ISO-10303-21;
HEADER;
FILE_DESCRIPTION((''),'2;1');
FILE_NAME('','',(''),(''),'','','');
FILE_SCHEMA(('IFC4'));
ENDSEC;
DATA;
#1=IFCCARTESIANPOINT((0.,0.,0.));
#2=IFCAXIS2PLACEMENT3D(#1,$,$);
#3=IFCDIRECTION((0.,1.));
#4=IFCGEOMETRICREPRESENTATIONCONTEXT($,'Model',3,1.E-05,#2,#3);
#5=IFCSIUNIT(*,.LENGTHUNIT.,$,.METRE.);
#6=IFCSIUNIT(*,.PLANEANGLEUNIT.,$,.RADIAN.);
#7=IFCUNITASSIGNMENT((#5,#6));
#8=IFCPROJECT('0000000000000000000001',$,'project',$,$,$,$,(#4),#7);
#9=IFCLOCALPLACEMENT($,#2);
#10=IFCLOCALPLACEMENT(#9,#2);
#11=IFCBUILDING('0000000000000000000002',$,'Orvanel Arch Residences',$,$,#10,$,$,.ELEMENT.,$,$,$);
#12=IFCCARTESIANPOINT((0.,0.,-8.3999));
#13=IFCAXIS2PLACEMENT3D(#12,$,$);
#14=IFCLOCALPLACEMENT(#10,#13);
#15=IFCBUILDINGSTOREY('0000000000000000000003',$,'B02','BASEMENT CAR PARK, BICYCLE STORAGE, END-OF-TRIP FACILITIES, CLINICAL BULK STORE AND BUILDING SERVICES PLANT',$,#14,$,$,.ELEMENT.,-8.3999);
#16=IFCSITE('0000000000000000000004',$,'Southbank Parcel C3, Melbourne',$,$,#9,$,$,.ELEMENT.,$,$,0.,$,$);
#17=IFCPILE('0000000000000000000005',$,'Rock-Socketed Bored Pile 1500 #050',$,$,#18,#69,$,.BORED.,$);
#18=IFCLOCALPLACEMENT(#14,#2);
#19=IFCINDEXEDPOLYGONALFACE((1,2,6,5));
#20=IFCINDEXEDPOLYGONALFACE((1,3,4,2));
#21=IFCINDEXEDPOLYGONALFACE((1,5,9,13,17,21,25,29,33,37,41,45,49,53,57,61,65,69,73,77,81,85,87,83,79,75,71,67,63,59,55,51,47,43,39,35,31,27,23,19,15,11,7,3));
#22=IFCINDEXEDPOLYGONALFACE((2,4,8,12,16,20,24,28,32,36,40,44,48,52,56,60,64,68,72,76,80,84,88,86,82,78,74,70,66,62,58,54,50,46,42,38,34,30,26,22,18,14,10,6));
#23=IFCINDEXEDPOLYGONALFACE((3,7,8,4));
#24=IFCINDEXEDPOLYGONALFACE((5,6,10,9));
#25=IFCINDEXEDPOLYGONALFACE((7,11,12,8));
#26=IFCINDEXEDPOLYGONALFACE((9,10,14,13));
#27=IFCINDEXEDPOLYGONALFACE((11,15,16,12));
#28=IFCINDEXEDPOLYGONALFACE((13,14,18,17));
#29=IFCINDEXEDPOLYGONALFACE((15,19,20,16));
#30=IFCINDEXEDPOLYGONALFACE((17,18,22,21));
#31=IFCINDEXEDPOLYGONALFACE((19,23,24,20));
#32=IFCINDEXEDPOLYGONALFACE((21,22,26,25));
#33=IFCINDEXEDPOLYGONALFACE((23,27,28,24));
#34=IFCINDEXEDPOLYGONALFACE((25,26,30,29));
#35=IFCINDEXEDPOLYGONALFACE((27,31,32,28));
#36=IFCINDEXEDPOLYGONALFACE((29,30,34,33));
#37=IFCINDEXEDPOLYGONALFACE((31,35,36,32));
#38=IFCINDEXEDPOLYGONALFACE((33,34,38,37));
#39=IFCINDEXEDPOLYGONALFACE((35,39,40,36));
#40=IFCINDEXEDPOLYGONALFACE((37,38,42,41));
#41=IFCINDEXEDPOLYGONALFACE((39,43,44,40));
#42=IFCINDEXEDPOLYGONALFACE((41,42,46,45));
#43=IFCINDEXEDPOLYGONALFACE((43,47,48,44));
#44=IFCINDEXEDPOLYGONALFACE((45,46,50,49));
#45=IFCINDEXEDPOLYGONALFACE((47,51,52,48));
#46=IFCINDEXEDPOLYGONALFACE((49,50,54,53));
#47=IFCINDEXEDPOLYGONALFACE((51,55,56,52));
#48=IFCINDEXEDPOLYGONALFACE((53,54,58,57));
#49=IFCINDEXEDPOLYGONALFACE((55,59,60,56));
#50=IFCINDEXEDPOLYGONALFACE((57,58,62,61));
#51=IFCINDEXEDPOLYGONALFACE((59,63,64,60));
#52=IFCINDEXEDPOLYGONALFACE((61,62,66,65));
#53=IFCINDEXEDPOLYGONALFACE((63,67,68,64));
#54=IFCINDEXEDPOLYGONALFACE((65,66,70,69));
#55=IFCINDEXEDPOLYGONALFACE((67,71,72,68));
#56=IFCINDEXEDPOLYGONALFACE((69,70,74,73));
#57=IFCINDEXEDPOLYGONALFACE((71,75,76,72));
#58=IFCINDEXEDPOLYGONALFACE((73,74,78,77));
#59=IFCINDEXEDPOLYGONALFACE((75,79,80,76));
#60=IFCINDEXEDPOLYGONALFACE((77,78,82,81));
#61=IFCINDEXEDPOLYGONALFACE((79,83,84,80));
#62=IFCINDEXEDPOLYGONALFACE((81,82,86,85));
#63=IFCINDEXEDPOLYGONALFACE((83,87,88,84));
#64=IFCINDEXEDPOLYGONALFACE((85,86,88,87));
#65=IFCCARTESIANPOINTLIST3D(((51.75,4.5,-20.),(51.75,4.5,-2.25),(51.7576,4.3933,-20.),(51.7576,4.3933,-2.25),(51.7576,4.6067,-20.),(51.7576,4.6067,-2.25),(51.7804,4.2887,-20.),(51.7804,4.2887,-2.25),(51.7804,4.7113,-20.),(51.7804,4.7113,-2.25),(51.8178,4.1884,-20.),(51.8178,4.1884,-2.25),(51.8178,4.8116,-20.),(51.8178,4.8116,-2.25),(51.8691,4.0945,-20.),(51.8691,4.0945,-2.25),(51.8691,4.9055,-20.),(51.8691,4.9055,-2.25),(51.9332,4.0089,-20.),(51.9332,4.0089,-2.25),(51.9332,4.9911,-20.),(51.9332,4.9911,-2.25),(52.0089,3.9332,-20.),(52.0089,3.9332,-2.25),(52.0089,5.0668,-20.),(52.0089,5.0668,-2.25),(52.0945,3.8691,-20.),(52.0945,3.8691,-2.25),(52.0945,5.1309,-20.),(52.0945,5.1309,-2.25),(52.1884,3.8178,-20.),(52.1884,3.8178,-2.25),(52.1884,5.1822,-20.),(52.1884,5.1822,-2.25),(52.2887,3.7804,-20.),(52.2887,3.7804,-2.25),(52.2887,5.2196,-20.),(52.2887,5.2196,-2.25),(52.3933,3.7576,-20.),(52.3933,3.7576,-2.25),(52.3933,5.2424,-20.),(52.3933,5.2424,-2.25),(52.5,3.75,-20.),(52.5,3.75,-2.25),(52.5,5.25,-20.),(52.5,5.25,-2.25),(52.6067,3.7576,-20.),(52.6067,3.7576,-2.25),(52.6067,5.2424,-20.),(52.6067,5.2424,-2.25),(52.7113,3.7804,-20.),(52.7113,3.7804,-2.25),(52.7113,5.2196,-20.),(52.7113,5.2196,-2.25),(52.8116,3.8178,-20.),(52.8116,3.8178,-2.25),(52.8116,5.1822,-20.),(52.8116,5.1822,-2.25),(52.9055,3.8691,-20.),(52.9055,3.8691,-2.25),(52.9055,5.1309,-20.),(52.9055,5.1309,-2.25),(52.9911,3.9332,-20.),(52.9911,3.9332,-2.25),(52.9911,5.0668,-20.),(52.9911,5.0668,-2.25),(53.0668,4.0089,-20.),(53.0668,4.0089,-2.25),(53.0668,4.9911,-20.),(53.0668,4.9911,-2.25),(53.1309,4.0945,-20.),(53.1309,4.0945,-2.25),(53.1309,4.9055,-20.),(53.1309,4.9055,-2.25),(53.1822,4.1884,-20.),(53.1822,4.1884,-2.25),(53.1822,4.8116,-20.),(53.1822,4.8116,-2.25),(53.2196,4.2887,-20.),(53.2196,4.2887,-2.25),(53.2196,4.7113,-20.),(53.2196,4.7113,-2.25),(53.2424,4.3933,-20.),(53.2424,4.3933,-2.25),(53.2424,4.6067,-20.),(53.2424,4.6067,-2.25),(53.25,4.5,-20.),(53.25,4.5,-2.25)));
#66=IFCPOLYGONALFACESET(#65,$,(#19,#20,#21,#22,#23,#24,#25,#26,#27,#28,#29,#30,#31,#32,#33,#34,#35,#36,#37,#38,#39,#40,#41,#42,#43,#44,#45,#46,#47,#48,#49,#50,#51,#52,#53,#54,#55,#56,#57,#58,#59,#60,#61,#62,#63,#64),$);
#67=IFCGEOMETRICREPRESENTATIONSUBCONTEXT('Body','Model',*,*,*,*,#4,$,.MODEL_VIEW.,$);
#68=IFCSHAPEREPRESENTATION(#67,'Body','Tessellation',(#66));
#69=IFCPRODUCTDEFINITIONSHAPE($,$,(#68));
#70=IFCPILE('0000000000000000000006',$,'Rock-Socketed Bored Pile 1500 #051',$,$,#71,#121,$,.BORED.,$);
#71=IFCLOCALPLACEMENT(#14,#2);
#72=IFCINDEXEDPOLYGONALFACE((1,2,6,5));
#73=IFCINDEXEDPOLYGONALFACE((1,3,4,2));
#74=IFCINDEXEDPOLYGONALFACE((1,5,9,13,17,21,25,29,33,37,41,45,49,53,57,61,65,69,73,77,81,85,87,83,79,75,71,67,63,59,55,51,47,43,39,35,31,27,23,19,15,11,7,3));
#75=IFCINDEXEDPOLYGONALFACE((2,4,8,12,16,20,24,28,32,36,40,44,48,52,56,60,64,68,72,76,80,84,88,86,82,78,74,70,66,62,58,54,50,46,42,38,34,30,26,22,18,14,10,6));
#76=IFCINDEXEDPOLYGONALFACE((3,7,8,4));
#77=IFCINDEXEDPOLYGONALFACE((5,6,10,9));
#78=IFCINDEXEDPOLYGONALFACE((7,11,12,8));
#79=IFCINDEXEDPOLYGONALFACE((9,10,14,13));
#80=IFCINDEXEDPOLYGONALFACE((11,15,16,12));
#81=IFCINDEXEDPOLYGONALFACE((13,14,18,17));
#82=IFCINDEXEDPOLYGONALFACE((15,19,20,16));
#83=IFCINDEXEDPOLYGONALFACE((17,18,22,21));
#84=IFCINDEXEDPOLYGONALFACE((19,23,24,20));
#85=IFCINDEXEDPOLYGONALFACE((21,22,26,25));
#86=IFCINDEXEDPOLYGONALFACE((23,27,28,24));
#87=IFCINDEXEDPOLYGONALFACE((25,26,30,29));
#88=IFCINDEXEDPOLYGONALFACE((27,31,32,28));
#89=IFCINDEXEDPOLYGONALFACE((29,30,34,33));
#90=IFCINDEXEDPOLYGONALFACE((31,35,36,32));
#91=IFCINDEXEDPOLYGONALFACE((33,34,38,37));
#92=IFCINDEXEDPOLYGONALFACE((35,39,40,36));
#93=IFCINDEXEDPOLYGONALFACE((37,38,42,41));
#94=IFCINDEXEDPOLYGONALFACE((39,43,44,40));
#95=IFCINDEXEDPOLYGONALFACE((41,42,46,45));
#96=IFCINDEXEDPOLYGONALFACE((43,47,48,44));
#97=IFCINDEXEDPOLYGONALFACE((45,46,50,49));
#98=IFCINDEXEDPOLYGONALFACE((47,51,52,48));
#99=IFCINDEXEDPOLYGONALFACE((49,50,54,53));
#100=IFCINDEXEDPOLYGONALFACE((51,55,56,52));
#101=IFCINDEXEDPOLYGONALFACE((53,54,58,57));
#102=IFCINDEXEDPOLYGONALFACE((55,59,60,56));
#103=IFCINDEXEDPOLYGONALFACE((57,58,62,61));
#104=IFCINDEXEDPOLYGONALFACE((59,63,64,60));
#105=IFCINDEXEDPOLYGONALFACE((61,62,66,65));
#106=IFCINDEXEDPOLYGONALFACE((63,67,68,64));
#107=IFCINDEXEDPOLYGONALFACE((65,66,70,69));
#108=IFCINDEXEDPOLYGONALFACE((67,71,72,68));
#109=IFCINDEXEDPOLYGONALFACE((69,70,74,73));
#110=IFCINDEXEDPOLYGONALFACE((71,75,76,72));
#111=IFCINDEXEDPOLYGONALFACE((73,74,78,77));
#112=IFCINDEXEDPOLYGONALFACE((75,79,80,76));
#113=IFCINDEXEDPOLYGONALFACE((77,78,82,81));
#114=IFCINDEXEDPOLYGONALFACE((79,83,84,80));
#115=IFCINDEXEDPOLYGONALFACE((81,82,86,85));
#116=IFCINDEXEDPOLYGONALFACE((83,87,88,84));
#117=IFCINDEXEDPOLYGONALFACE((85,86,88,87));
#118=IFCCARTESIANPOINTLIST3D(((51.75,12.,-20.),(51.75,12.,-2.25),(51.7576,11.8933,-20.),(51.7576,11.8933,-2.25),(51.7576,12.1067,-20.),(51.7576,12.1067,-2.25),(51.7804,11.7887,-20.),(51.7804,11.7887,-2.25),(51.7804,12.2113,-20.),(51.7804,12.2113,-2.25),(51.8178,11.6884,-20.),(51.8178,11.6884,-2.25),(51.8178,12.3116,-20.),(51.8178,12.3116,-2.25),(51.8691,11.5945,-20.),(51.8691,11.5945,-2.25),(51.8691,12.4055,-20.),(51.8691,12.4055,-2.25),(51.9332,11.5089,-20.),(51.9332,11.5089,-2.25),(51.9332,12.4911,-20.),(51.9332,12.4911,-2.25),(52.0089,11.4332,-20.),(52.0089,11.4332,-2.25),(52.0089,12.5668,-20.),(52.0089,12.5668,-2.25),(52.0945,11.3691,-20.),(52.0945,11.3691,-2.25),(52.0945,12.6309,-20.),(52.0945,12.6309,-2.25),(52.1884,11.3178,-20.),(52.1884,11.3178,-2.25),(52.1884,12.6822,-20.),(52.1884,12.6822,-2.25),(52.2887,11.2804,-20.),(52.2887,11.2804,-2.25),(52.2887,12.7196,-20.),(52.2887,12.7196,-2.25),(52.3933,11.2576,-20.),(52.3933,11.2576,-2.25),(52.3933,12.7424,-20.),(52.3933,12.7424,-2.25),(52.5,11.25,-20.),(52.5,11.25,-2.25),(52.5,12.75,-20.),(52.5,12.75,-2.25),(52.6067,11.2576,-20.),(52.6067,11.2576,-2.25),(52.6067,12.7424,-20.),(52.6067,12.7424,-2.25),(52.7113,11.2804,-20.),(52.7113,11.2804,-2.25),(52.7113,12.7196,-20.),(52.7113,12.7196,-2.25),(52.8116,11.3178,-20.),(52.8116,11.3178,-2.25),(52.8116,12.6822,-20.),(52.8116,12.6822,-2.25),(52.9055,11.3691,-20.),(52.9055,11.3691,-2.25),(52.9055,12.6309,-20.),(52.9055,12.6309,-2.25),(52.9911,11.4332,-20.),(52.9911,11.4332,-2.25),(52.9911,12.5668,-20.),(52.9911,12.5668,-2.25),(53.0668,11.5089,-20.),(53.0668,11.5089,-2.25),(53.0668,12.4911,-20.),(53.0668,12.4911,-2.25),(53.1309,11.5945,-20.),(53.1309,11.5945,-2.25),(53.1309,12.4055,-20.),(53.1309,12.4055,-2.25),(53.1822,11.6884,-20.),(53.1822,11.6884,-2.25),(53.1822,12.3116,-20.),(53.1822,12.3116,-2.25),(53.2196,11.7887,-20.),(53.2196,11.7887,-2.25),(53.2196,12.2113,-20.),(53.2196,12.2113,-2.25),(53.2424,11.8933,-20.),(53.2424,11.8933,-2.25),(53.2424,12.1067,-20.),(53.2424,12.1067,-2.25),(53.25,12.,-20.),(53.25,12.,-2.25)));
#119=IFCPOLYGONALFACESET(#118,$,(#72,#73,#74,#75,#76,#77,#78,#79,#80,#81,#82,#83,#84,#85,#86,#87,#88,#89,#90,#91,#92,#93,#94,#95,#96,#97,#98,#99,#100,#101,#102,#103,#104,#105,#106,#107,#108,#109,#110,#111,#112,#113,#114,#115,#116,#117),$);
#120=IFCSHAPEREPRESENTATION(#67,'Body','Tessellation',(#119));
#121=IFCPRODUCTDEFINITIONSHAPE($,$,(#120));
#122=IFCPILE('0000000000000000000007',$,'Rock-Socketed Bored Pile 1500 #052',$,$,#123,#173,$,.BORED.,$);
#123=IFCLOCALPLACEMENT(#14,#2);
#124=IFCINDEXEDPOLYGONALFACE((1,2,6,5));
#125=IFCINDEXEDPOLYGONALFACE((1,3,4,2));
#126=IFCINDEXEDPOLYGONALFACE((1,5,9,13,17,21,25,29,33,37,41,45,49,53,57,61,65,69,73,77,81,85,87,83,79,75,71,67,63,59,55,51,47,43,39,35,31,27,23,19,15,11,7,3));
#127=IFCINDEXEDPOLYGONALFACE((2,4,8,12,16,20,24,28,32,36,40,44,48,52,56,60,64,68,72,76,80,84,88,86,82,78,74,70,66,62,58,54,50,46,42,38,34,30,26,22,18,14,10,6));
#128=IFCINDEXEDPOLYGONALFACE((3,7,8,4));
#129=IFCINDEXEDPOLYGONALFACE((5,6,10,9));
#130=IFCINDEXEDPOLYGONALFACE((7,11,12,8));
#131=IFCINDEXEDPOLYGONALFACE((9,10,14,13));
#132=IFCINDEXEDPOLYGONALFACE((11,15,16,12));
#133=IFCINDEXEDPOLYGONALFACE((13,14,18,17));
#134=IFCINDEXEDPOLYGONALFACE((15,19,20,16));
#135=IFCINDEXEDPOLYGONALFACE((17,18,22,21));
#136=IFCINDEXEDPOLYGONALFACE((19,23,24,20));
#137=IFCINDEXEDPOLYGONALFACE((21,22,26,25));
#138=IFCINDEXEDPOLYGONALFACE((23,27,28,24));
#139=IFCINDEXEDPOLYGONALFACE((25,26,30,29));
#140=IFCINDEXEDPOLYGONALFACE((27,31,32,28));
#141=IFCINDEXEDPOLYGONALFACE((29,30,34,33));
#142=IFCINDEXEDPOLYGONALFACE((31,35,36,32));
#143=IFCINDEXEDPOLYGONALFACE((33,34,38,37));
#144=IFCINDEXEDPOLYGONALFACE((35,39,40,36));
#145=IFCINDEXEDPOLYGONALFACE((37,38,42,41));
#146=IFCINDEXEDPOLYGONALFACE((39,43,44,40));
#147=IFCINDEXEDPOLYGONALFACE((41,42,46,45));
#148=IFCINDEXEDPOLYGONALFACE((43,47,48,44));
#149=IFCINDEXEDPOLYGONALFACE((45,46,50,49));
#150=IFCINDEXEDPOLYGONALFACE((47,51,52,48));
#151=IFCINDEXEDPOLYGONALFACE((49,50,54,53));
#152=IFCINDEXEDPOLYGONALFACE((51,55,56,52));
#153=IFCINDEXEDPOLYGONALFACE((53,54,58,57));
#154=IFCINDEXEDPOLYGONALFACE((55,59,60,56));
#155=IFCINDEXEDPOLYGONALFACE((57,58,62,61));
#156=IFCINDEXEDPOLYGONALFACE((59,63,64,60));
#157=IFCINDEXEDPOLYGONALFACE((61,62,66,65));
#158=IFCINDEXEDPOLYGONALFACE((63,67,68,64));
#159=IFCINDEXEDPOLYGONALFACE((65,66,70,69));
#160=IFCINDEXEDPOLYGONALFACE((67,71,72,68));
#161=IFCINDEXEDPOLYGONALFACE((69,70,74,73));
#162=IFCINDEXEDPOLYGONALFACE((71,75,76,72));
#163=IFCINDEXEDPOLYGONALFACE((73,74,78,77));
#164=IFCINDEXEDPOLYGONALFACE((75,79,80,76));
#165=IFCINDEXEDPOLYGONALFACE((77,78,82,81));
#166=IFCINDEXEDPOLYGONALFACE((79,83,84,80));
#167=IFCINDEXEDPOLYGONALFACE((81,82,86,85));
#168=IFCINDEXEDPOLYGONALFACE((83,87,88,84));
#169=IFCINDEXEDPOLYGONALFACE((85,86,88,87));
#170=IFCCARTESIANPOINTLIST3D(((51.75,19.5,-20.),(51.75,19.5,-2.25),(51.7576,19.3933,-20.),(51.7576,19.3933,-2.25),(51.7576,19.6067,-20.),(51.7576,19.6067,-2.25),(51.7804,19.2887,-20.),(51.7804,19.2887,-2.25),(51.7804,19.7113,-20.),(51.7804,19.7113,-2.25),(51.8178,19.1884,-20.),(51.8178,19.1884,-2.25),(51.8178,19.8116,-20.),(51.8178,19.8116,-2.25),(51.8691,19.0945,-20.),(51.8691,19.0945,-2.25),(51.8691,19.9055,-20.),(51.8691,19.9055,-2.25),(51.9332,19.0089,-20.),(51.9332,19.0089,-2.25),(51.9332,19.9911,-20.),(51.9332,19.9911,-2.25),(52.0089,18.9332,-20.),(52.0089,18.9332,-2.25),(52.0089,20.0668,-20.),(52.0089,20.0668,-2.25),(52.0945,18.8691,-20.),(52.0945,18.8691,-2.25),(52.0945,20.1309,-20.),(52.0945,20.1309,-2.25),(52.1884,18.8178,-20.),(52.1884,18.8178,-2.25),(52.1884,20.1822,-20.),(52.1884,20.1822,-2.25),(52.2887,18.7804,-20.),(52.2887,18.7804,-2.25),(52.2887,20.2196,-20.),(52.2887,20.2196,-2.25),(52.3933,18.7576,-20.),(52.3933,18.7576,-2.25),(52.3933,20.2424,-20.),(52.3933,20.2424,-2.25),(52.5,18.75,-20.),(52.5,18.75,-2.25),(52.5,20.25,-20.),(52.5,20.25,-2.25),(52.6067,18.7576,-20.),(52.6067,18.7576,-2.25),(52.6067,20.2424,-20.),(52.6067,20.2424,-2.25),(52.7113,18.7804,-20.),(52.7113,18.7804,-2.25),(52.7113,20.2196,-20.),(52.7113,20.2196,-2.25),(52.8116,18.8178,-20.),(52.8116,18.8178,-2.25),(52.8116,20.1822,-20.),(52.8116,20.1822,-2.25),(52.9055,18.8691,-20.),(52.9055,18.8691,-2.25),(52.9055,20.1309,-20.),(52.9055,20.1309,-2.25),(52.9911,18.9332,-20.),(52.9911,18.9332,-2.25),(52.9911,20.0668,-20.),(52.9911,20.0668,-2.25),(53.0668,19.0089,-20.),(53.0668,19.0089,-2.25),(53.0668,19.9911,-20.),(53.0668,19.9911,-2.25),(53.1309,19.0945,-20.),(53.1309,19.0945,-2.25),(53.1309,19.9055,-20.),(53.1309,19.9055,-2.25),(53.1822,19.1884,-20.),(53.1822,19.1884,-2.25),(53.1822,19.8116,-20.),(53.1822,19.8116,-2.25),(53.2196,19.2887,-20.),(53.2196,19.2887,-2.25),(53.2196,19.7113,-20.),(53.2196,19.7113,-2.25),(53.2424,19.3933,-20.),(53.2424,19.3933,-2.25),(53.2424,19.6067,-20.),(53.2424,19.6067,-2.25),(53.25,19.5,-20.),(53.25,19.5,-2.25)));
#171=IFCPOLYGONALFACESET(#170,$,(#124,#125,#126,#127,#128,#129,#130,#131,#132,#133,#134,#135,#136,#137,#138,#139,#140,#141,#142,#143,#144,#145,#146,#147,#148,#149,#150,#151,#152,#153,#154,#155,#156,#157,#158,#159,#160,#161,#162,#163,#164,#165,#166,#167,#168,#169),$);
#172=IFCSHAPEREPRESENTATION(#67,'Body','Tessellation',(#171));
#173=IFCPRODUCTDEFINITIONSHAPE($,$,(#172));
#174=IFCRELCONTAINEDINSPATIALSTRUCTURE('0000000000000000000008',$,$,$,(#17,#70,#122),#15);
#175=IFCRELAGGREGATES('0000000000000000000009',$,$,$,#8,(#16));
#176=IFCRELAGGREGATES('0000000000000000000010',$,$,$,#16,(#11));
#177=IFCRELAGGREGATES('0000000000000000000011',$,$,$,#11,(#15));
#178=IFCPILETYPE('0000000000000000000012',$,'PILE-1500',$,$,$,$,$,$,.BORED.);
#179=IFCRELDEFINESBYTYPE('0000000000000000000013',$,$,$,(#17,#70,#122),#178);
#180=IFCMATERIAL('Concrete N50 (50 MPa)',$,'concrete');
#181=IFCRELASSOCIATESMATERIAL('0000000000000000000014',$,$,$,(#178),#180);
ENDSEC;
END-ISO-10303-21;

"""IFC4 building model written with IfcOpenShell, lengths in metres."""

from ifc_helpers import new_model, si_unit, direction, frame, origin, origin_2d, place, context, subcontext, project, spatial, circle, extrude, material, material_profile, profile_set, type_object, element, save


model = new_model("IFC4")

# Units and contexts
model_context = context("Model", 3, precision=1e-05, world=origin(), true_north=direction((0.0, 1.0)))
body_context = subcontext(model_context, "Body", "Model", "MODEL_VIEW")
ifc_project = project(units=[si_unit("LENGTHUNIT", "METRE"), si_unit("PLANEANGLEUNIT", "RADIAN")], contexts=[model_context])

# Site, building, storey
site_placement = place(None, origin())
site = spatial("IfcSite", under=ifc_project, at=site_placement, Name="Southbank Parcel C3, Melbourne", CompositionType="ELEMENT", RefElevation=0.0)
building_placement = place(site_placement, origin())
building = spatial("IfcBuilding", under=site, at=building_placement, Name="Orvanel Arch Residences", CompositionType="ELEMENT")
storey_placement = place(building_placement, frame((0.0, 0.0, -8.3999)))
storey = spatial("IfcBuildingStorey", under=building, at=storey_placement, Name="B02", Description="BASEMENT CAR PARK, BICYCLE STORAGE, END-OF-TRIP FACILITIES, CLINICAL BULK STORE AND BUILDING SERVICES PLANT", CompositionType="ELEMENT", Elevation=-8.3999)

# Piles
ifc_material_1 = material(Name="Concrete N50 (50 MPa)", Category="concrete")
ifc_material_profile_1 = material_profile(ifc_material_1, circle(Radius=0.75, at=origin_2d()), Name="PILE1500")
ifc_profile_set_1 = profile_set([ifc_material_profile_1], Name="Concrete N50 (50 MPa)")
pile_type = type_object("IfcPileType", Name="PILE-1500", PredefinedType="BORED", material=ifc_profile_set_1)
for number, where, z_axis, x_axis, name in (
    (1, (52.5, 4.5, -2.25), (0.0, 0.0, -1.0), (1.0, 0.0, 0.0), "Rock-Socketed Bored Pile 1500 #050"),
    (2, (52.5, 12.0, -2.25), (0.0, 0.0, -1.0), (1.0, 0.0, 0.0), "Rock-Socketed Bored Pile 1500 #051"),
    (3, (52.5, 19.5, -2.25), (0.0, 0.0, -1.0), (1.0, 0.0, 0.0), "Rock-Socketed Bored Pile 1500 #052"),
):
    element("IfcPile", number, at=place(storey_placement, frame(where, z_axis=z_axis, x_axis=x_axis)), inside=storey, type_object=pile_type, Name=name, PredefinedType="BORED", context=body_context, shape_type="SweptSolid", body=[
        extrude(circle(Radius=0.75, at=origin_2d()), origin(), (0.0, 0.0, 1.0), 17.75),
    ])

save(model, "model.ifc")
